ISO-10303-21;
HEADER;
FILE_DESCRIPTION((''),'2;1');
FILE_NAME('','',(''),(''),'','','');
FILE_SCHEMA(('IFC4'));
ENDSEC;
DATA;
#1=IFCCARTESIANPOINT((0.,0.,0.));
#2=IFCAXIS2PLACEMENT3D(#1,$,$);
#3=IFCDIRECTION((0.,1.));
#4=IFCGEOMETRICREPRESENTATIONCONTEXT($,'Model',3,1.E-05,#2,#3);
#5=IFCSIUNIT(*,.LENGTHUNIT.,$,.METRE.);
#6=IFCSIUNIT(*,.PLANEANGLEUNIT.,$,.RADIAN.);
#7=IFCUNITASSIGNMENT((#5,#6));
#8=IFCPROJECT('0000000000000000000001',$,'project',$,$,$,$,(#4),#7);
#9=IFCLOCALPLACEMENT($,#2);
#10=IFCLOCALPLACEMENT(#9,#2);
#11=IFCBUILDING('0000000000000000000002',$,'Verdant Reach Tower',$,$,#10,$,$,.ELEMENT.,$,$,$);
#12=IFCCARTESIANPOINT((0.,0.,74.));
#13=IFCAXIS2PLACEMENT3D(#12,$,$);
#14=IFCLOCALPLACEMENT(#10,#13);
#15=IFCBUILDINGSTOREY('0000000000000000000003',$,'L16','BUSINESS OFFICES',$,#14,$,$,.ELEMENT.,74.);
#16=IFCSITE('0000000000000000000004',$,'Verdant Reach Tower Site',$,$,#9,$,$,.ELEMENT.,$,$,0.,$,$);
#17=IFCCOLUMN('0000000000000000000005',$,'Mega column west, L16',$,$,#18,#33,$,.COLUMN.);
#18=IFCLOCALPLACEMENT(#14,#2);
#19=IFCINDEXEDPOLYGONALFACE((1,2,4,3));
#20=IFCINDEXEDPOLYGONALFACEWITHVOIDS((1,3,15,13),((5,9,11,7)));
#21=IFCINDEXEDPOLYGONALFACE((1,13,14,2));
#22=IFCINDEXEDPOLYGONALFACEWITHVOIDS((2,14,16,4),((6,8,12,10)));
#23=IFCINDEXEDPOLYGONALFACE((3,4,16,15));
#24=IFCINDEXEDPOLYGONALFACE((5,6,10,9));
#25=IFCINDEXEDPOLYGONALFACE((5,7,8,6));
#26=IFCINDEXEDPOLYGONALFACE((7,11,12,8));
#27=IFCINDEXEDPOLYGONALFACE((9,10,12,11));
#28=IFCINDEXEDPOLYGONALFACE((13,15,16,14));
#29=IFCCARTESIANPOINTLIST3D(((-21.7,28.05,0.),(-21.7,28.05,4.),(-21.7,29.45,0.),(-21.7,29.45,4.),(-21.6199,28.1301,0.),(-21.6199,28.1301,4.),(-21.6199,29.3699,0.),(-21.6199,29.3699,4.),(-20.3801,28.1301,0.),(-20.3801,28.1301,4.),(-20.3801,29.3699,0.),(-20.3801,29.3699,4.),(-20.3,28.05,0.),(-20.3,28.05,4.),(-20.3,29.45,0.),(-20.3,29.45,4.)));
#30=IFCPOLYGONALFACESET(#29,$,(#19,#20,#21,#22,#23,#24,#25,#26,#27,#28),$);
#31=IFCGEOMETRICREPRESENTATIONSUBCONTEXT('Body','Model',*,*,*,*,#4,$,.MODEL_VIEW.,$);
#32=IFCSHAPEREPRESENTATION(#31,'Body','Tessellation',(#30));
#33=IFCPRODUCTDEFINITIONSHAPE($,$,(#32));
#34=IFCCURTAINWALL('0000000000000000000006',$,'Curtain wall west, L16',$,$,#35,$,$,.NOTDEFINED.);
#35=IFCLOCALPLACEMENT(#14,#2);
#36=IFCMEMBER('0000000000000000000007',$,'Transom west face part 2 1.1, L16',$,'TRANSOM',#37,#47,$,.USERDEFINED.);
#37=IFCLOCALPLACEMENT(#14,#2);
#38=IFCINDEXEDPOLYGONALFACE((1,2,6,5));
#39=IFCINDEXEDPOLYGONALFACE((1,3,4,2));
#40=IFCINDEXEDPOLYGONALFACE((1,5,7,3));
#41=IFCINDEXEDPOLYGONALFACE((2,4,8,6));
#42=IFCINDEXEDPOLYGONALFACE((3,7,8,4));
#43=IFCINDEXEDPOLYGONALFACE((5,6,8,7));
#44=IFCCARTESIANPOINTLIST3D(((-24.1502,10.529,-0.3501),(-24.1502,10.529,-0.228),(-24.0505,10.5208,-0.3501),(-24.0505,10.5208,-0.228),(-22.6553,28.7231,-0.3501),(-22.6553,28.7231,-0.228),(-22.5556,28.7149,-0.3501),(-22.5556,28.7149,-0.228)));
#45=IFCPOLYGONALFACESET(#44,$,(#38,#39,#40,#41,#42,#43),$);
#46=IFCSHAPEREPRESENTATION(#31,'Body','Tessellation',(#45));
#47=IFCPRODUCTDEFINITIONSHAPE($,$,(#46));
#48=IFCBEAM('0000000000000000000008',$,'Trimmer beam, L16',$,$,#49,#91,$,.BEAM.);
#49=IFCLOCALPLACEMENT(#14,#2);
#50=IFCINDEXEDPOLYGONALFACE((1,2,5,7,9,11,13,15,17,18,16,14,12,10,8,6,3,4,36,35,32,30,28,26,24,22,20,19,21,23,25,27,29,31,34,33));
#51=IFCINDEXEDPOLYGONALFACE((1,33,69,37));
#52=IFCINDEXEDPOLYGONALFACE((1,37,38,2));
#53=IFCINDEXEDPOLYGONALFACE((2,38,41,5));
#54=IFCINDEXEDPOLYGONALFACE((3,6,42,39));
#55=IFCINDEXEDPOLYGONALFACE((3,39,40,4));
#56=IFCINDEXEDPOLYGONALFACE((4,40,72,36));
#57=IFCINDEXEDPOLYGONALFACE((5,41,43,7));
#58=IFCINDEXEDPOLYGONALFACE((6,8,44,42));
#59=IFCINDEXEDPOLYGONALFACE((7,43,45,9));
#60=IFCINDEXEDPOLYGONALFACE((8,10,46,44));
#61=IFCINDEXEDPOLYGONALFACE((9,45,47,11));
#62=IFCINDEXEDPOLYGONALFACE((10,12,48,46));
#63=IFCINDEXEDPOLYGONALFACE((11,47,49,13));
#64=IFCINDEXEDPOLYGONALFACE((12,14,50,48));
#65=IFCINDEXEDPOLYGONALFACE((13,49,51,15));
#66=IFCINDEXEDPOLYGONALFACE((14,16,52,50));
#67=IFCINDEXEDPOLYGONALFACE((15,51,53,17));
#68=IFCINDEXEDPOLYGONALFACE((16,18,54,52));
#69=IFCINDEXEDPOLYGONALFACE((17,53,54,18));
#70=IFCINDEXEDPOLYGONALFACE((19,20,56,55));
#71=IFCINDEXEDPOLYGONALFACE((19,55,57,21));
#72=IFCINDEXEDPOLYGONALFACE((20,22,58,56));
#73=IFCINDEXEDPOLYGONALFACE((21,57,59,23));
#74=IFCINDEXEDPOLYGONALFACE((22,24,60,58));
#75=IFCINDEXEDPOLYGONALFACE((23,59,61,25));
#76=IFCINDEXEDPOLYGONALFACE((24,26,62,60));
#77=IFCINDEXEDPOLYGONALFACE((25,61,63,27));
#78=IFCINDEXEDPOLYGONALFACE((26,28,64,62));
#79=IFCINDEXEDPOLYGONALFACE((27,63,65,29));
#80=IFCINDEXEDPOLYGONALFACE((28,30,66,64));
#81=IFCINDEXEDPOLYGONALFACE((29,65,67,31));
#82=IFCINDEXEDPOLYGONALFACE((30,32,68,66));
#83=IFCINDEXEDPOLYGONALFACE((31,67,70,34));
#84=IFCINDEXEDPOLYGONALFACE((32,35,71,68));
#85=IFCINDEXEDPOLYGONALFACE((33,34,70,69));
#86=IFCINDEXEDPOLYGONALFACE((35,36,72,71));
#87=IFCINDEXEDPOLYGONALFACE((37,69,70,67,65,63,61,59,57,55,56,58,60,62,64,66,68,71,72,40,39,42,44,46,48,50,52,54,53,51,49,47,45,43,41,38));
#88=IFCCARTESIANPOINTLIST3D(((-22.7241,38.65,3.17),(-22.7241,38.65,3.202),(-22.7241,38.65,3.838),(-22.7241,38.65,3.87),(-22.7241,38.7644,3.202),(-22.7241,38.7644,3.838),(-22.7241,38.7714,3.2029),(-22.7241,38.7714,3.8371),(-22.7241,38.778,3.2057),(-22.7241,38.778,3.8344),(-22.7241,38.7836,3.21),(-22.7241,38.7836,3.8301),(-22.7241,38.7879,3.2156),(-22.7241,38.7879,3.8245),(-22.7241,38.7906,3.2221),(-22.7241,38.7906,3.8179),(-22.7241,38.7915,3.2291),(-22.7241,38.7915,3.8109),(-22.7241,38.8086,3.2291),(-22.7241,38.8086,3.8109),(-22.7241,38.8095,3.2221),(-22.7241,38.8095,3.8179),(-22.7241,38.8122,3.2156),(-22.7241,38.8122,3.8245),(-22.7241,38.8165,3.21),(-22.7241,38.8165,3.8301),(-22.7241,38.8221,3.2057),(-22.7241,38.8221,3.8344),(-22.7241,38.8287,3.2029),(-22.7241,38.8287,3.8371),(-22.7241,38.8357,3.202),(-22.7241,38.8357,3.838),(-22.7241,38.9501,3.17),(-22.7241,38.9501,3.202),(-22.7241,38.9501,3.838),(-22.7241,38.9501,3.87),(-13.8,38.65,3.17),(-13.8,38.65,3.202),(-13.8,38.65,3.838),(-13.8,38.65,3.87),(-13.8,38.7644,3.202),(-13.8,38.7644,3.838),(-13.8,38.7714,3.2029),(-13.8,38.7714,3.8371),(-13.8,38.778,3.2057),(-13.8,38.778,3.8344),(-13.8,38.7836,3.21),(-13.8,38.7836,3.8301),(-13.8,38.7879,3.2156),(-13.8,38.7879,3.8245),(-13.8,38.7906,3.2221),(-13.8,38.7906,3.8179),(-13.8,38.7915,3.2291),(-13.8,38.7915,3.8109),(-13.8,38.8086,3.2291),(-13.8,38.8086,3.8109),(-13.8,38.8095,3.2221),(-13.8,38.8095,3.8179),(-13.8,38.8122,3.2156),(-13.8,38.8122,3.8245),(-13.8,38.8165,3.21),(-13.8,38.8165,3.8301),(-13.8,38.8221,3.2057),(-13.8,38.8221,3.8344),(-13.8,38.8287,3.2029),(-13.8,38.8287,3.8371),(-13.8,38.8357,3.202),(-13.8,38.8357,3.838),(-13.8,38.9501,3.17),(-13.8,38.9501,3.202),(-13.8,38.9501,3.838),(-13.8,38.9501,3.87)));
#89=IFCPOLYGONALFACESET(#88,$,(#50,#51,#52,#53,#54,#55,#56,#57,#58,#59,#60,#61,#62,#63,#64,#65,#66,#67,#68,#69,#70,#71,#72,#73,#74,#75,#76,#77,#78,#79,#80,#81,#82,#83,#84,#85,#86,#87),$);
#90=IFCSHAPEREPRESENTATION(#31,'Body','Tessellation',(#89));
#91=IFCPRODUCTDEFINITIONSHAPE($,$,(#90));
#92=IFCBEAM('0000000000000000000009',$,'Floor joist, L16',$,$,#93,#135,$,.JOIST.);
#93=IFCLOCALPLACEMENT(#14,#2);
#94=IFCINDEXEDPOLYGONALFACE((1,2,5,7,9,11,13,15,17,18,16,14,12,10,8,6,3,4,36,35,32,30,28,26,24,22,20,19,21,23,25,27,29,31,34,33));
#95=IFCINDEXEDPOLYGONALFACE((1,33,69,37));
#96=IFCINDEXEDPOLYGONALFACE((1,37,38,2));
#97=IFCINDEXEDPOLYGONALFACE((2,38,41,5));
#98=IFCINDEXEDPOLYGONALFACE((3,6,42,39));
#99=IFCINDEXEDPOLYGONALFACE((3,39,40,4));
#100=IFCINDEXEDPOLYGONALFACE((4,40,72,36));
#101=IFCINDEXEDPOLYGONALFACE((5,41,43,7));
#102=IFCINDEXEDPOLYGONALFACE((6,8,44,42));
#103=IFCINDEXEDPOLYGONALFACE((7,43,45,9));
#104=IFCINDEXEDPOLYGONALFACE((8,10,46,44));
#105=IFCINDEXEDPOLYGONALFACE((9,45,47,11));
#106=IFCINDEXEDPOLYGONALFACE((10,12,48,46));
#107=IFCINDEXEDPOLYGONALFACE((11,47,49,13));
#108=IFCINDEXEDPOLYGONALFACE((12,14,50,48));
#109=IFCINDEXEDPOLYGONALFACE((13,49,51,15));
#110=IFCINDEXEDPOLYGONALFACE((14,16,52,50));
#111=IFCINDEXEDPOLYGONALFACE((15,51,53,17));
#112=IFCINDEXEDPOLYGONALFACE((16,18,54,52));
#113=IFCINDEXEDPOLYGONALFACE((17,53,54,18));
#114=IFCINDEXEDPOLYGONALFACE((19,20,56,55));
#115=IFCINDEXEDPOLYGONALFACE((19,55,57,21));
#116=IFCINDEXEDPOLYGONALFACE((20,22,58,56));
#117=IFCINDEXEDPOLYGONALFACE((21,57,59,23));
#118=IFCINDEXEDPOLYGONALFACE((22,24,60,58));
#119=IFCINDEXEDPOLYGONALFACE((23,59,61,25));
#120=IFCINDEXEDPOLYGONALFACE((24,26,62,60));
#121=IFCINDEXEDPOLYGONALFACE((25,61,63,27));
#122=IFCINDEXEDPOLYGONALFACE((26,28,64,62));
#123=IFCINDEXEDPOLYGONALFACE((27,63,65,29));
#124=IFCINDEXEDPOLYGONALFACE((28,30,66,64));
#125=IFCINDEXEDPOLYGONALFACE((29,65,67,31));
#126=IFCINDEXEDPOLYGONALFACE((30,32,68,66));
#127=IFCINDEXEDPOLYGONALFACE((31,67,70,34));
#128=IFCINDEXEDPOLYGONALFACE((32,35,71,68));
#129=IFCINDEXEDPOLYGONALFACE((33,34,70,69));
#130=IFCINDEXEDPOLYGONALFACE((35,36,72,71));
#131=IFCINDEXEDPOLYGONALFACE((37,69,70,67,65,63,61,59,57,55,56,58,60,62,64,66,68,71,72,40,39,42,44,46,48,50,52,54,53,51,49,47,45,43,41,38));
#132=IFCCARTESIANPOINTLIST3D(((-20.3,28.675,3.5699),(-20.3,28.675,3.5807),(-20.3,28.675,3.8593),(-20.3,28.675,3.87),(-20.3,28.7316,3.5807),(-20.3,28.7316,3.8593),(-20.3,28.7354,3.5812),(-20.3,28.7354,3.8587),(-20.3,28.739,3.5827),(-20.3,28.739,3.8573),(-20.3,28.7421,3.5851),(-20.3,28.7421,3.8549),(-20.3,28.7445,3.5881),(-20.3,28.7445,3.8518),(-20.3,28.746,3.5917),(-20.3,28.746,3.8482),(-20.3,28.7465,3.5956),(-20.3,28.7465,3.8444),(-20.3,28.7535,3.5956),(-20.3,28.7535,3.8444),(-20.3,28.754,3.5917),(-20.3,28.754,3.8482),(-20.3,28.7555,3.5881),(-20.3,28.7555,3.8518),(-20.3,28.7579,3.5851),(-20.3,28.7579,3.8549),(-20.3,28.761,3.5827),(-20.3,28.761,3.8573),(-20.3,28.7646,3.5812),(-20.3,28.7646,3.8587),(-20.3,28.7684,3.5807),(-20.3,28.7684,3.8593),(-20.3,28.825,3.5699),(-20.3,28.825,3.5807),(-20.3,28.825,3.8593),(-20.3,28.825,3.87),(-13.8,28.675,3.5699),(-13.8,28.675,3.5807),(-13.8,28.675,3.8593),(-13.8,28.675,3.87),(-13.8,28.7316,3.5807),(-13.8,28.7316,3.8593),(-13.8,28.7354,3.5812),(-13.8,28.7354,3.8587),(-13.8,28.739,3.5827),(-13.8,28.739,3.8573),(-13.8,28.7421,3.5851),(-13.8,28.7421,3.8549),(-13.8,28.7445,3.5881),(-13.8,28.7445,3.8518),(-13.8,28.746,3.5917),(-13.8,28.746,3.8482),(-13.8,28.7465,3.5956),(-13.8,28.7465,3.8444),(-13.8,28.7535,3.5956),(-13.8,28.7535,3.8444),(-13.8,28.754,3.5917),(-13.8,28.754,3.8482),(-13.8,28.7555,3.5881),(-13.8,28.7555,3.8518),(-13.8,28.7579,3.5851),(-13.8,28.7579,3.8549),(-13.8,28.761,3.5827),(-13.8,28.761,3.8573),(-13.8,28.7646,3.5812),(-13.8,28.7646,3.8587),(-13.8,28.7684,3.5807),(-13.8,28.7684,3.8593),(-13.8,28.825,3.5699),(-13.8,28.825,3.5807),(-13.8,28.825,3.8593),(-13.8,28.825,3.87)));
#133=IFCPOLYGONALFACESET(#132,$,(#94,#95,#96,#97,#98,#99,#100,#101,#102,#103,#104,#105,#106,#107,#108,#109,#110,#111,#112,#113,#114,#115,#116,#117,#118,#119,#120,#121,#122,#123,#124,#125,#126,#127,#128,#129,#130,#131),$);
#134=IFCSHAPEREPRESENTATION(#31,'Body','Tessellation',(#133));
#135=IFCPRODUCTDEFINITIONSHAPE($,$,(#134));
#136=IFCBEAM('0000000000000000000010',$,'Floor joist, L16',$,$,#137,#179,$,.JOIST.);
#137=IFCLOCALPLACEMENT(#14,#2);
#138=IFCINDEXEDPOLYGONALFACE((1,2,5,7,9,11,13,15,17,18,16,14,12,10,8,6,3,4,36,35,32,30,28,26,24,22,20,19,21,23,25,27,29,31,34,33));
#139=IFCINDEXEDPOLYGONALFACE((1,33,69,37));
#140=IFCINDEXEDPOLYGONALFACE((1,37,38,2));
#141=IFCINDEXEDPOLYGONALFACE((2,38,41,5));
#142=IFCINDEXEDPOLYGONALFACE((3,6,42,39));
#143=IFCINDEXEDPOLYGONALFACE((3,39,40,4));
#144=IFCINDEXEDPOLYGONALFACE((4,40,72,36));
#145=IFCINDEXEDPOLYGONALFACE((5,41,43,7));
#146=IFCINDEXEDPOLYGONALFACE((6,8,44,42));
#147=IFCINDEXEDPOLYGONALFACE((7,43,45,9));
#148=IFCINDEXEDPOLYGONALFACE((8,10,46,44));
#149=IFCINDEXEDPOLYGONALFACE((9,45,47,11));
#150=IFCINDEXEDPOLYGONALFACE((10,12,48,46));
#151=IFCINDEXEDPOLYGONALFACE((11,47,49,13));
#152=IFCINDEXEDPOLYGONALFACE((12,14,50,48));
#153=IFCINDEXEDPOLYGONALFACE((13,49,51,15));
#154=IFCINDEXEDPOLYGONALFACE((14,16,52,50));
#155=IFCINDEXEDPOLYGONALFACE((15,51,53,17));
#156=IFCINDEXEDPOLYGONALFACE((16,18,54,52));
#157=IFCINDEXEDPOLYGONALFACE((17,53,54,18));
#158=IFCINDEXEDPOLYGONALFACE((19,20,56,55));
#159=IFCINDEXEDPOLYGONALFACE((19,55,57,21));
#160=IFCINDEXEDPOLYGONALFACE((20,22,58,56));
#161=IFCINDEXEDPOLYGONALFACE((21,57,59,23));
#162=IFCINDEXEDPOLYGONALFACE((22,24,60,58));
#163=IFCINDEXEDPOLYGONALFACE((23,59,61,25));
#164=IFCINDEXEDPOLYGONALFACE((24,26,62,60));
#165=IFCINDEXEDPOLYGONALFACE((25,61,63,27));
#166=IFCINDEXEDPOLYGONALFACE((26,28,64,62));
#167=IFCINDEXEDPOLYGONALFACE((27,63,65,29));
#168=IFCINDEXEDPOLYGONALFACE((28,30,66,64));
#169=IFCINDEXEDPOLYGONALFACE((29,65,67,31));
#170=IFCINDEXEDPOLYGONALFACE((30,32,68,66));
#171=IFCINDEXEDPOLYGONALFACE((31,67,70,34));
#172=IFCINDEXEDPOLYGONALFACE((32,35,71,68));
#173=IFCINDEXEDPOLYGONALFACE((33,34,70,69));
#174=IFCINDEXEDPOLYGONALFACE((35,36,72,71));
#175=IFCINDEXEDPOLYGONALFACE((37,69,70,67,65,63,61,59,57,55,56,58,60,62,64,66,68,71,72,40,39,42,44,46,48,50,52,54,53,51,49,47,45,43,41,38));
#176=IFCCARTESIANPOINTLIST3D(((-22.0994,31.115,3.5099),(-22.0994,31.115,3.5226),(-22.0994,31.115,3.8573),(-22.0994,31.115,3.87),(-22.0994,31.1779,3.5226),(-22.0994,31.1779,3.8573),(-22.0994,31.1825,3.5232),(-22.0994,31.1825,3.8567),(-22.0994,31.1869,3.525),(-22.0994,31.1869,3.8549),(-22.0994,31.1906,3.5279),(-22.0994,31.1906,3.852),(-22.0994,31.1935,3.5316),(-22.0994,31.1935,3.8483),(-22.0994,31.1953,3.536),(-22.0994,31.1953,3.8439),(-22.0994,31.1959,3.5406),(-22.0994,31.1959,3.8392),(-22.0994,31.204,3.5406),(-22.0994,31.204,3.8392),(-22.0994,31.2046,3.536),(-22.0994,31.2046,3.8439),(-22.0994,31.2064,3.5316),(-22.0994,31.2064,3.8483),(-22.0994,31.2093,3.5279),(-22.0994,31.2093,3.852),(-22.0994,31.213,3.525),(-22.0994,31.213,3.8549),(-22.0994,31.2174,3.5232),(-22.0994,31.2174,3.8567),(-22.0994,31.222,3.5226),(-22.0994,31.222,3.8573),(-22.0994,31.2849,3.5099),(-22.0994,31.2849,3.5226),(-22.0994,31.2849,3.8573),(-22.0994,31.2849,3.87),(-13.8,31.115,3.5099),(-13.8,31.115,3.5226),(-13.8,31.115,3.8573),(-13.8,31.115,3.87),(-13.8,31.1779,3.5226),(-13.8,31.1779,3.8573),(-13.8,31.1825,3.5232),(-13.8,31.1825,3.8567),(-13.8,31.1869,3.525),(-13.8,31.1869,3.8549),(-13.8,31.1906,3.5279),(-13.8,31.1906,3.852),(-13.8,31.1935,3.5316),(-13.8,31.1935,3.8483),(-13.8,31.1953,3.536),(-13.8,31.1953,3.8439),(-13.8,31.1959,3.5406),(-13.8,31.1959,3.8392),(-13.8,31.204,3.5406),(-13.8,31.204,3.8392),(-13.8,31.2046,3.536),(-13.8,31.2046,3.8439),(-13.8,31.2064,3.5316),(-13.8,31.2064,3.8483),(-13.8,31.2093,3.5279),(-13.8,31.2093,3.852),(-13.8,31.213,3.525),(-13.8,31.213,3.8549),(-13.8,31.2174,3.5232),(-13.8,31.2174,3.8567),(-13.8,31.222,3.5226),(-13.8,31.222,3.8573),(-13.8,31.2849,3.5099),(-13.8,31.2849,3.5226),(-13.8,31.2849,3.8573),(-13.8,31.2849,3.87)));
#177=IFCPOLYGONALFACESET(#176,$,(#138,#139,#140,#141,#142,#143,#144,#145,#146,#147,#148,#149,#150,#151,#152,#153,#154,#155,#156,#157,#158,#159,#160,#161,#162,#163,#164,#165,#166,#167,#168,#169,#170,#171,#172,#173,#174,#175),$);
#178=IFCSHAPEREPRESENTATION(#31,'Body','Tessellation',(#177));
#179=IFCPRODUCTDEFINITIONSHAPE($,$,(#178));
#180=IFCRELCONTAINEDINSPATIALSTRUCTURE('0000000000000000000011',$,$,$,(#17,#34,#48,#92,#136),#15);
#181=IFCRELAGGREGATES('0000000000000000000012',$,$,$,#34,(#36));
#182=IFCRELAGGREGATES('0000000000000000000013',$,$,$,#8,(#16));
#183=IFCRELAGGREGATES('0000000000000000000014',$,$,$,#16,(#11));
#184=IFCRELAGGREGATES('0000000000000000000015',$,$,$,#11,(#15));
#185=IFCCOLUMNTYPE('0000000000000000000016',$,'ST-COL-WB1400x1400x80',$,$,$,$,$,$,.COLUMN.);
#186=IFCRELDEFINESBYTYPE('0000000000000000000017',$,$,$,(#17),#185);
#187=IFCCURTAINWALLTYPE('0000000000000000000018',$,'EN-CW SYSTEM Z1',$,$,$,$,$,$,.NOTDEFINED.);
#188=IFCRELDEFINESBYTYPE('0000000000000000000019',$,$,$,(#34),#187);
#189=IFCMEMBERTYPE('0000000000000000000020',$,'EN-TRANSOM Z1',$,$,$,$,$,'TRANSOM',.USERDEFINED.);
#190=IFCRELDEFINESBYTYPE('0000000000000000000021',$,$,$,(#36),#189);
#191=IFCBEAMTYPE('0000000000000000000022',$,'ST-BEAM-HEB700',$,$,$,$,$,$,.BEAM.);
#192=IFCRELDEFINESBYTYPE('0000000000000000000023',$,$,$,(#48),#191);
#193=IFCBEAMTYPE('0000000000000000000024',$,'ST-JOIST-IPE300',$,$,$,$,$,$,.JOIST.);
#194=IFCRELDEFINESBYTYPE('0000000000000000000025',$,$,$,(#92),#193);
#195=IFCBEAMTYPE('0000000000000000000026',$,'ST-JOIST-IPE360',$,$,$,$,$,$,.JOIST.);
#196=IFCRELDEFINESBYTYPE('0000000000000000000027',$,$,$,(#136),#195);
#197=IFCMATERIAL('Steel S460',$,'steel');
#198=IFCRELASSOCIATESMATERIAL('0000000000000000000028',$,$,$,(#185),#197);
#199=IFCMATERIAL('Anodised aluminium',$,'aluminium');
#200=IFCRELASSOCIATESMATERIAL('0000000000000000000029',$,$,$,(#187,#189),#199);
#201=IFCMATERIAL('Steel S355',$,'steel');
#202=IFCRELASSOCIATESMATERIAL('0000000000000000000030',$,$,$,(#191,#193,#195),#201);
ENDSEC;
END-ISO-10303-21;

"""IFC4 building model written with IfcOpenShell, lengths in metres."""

from ifc_helpers import new_model, si_unit, direction, frame, origin, origin_2d, place, context, subcontext, project, spatial, rectangle, hollow_rectangle, i_section, extrude, material, material_profile, profile_set, type_object, element, aggregate, save


model = new_model("IFC4")

# Units and contexts
model_context = context("Model", 3, precision=1e-05, world=origin(), true_north=direction((0.0, 1.0)))
body_context = subcontext(model_context, "Body", "Model", "MODEL_VIEW")
ifc_project = project(units=[si_unit("LENGTHUNIT", "METRE"), si_unit("PLANEANGLEUNIT", "RADIAN")], contexts=[model_context])

# Site, building, storey
site_placement = place(None, origin())
site = spatial("IfcSite", under=ifc_project, at=site_placement, Name="Verdant Reach Tower Site", CompositionType="ELEMENT", RefElevation=0.0)
building_placement = place(site_placement, origin())
building = spatial("IfcBuilding", under=site, at=building_placement, Name="Verdant Reach Tower", CompositionType="ELEMENT")
storey_placement = place(building_placement, frame((0.0, 0.0, 74.0)))
storey = spatial("IfcBuildingStorey", under=building, at=storey_placement, Name="L16", Description="BUSINESS OFFICES", CompositionType="ELEMENT", Elevation=74.0)

# Column
ifc_material_1 = material(Name="Steel S460", Category="steel")
ifc_material_profile_1 = material_profile(ifc_material_1, hollow_rectangle(XDim=1.3999, YDim=1.3999, WallThickness=0.0801, at=origin_2d()), Name="WB 1400x1400x80")
ifc_profile_set_1 = profile_set([ifc_material_profile_1], Name="Steel S460")
column_type = type_object("IfcColumnType", Name="ST-COL-WB1400x1400x80", PredefinedType="COLUMN", material=ifc_profile_set_1)
column_placement = place(storey_placement, frame((-21.0, 28.75, 0.0), z_axis=(0.0, 0.0, 1.0), x_axis=(1.0, 0.0, 0.0)))
element("IfcColumn", 1, at=column_placement, inside=storey, type_object=column_type, Name="Mega column west, L16", PredefinedType="COLUMN", context=body_context, shape_type="SweptSolid", body=[
    extrude(hollow_rectangle(XDim=1.3999, YDim=1.3999, WallThickness=0.0801, at=origin_2d()), origin(), (0.0, 0.0, 1.0), 4.0),
])

# Curtain wall, member
ifc_material_2 = material(Name="Anodised aluminium", Category="aluminium")
curtain_wall_type = type_object("IfcCurtainWallType", Name="EN-CW SYSTEM Z1", PredefinedType="NOTDEFINED", material=ifc_material_2)
curtain_wall_placement = place(storey_placement, origin())
curtain_wall = element("IfcCurtainWall", 2, at=curtain_wall_placement, inside=storey, type_object=curtain_wall_type, Name="Curtain wall west, L16", PredefinedType="NOTDEFINED")
ifc_material_profile_2 = material_profile(ifc_material_2, rectangle(XDim=0.1001, YDim=0.1221, at=origin_2d()), Name="Transom 122x100")
ifc_profile_set_2 = profile_set([ifc_material_profile_2], Name="Anodised aluminium")
member_type = type_object("IfcMemberType", Name="EN-TRANSOM Z1", ElementType="TRANSOM", PredefinedType="USERDEFINED", material=ifc_profile_set_2)
member_placement = place(storey_placement, frame((-22.6055, 28.719, -0.2891), z_axis=(-0.081887, -0.996642, 0.0), x_axis=(0.996642, -0.081887, 0.0)))
member = element("IfcMember", 3, at=member_placement, type_object=member_type, Name="Transom west face part 2 1.1, L16", ObjectType="TRANSOM", PredefinedType="USERDEFINED", context=body_context, shape_type="SweptSolid", body=[
    extrude(rectangle(XDim=0.1001, YDim=0.1221, at=origin_2d()), origin(), (0.0, 0.0, 1.0), 18.2554),
])

# Beams
ifc_material_3 = material(Name="Steel S355", Category="steel")
ifc_material_profile_3 = material_profile(ifc_material_3, i_section(OverallWidth=0.3, OverallDepth=0.7, WebThickness=0.0171, FlangeThickness=0.032, FilletRadius=0.0271, at=origin_2d()), Name="HEB 700")
ifc_profile_set_3 = profile_set([ifc_material_profile_3], Name="Steel S355")
beam_type_1 = type_object("IfcBeamType", Name="ST-BEAM-HEB700", PredefinedType="BEAM", material=ifc_profile_set_3)
beam_1_placement = place(storey_placement, frame((-13.8, 38.8, 3.52), z_axis=(-1.0, 0.0, 0.0), x_axis=(0.0, -1.0, 0.0)))
element("IfcBeam", 4, at=beam_1_placement, inside=storey, type_object=beam_type_1, Name="Trimmer beam, L16", PredefinedType="BEAM", context=body_context, shape_type="SweptSolid", body=[
    extrude(i_section(OverallWidth=0.3, OverallDepth=0.7, WebThickness=0.0171, FlangeThickness=0.032, FilletRadius=0.0271, at=origin_2d()), origin(), (0.0, 0.0, 1.0), 8.9241),
])
ifc_material_profile_4 = material_profile(ifc_material_3, i_section(OverallWidth=0.1499, OverallDepth=0.3, WebThickness=0.0071, FlangeThickness=0.0107, FilletRadius=0.0149, at=origin_2d()), Name="IPE 300")
ifc_profile_set_4 = profile_set([ifc_material_profile_4], Name="Steel S355")
beam_type_2 = type_object("IfcBeamType", Name="ST-JOIST-IPE300", PredefinedType="JOIST", material=ifc_profile_set_4)
beam_2_placement = place(storey_placement, frame((-13.8, 28.75, 3.72), z_axis=(-1.0, 0.0, 0.0), x_axis=(0.0, -1.0, 0.0)))
element("IfcBeam", 5, at=beam_2_placement, inside=storey, type_object=beam_type_2, Name="Floor joist, L16", PredefinedType="JOIST", context=body_context, shape_type="SweptSolid", body=[
    extrude(i_section(OverallWidth=0.1499, OverallDepth=0.3, WebThickness=0.0071, FlangeThickness=0.0107, FilletRadius=0.0149, at=origin_2d()), origin(), (0.0, 0.0, 1.0), 6.5),
])
ifc_material_profile_5 = material_profile(ifc_material_3, i_section(OverallWidth=0.1699, OverallDepth=0.3601, WebThickness=0.0081, FlangeThickness=0.0127, FilletRadius=0.0181, at=origin_2d()), Name="IPE 360")
ifc_profile_set_5 = profile_set([ifc_material_profile_5], Name="Steel S355")
beam_type_3 = type_object("IfcBeamType", Name="ST-JOIST-IPE360", PredefinedType="JOIST", material=ifc_profile_set_5)
beam_3_placement = place(storey_placement, frame((-13.8, 31.2, 3.6899), z_axis=(-1.0, 0.0, 0.0), x_axis=(0.0, -1.0, 0.0)))
element("IfcBeam", 6, at=beam_3_placement, inside=storey, type_object=beam_type_3, Name="Floor joist, L16", PredefinedType="JOIST", context=body_context, shape_type="SweptSolid", body=[
    extrude(i_section(OverallWidth=0.1699, OverallDepth=0.3601, WebThickness=0.0081, FlangeThickness=0.0127, FilletRadius=0.0181, at=origin_2d()), origin(), (0.0, 0.0, 1.0), 8.2993),
])

aggregate(curtain_wall, [member])

save(model, "model.ifc")
